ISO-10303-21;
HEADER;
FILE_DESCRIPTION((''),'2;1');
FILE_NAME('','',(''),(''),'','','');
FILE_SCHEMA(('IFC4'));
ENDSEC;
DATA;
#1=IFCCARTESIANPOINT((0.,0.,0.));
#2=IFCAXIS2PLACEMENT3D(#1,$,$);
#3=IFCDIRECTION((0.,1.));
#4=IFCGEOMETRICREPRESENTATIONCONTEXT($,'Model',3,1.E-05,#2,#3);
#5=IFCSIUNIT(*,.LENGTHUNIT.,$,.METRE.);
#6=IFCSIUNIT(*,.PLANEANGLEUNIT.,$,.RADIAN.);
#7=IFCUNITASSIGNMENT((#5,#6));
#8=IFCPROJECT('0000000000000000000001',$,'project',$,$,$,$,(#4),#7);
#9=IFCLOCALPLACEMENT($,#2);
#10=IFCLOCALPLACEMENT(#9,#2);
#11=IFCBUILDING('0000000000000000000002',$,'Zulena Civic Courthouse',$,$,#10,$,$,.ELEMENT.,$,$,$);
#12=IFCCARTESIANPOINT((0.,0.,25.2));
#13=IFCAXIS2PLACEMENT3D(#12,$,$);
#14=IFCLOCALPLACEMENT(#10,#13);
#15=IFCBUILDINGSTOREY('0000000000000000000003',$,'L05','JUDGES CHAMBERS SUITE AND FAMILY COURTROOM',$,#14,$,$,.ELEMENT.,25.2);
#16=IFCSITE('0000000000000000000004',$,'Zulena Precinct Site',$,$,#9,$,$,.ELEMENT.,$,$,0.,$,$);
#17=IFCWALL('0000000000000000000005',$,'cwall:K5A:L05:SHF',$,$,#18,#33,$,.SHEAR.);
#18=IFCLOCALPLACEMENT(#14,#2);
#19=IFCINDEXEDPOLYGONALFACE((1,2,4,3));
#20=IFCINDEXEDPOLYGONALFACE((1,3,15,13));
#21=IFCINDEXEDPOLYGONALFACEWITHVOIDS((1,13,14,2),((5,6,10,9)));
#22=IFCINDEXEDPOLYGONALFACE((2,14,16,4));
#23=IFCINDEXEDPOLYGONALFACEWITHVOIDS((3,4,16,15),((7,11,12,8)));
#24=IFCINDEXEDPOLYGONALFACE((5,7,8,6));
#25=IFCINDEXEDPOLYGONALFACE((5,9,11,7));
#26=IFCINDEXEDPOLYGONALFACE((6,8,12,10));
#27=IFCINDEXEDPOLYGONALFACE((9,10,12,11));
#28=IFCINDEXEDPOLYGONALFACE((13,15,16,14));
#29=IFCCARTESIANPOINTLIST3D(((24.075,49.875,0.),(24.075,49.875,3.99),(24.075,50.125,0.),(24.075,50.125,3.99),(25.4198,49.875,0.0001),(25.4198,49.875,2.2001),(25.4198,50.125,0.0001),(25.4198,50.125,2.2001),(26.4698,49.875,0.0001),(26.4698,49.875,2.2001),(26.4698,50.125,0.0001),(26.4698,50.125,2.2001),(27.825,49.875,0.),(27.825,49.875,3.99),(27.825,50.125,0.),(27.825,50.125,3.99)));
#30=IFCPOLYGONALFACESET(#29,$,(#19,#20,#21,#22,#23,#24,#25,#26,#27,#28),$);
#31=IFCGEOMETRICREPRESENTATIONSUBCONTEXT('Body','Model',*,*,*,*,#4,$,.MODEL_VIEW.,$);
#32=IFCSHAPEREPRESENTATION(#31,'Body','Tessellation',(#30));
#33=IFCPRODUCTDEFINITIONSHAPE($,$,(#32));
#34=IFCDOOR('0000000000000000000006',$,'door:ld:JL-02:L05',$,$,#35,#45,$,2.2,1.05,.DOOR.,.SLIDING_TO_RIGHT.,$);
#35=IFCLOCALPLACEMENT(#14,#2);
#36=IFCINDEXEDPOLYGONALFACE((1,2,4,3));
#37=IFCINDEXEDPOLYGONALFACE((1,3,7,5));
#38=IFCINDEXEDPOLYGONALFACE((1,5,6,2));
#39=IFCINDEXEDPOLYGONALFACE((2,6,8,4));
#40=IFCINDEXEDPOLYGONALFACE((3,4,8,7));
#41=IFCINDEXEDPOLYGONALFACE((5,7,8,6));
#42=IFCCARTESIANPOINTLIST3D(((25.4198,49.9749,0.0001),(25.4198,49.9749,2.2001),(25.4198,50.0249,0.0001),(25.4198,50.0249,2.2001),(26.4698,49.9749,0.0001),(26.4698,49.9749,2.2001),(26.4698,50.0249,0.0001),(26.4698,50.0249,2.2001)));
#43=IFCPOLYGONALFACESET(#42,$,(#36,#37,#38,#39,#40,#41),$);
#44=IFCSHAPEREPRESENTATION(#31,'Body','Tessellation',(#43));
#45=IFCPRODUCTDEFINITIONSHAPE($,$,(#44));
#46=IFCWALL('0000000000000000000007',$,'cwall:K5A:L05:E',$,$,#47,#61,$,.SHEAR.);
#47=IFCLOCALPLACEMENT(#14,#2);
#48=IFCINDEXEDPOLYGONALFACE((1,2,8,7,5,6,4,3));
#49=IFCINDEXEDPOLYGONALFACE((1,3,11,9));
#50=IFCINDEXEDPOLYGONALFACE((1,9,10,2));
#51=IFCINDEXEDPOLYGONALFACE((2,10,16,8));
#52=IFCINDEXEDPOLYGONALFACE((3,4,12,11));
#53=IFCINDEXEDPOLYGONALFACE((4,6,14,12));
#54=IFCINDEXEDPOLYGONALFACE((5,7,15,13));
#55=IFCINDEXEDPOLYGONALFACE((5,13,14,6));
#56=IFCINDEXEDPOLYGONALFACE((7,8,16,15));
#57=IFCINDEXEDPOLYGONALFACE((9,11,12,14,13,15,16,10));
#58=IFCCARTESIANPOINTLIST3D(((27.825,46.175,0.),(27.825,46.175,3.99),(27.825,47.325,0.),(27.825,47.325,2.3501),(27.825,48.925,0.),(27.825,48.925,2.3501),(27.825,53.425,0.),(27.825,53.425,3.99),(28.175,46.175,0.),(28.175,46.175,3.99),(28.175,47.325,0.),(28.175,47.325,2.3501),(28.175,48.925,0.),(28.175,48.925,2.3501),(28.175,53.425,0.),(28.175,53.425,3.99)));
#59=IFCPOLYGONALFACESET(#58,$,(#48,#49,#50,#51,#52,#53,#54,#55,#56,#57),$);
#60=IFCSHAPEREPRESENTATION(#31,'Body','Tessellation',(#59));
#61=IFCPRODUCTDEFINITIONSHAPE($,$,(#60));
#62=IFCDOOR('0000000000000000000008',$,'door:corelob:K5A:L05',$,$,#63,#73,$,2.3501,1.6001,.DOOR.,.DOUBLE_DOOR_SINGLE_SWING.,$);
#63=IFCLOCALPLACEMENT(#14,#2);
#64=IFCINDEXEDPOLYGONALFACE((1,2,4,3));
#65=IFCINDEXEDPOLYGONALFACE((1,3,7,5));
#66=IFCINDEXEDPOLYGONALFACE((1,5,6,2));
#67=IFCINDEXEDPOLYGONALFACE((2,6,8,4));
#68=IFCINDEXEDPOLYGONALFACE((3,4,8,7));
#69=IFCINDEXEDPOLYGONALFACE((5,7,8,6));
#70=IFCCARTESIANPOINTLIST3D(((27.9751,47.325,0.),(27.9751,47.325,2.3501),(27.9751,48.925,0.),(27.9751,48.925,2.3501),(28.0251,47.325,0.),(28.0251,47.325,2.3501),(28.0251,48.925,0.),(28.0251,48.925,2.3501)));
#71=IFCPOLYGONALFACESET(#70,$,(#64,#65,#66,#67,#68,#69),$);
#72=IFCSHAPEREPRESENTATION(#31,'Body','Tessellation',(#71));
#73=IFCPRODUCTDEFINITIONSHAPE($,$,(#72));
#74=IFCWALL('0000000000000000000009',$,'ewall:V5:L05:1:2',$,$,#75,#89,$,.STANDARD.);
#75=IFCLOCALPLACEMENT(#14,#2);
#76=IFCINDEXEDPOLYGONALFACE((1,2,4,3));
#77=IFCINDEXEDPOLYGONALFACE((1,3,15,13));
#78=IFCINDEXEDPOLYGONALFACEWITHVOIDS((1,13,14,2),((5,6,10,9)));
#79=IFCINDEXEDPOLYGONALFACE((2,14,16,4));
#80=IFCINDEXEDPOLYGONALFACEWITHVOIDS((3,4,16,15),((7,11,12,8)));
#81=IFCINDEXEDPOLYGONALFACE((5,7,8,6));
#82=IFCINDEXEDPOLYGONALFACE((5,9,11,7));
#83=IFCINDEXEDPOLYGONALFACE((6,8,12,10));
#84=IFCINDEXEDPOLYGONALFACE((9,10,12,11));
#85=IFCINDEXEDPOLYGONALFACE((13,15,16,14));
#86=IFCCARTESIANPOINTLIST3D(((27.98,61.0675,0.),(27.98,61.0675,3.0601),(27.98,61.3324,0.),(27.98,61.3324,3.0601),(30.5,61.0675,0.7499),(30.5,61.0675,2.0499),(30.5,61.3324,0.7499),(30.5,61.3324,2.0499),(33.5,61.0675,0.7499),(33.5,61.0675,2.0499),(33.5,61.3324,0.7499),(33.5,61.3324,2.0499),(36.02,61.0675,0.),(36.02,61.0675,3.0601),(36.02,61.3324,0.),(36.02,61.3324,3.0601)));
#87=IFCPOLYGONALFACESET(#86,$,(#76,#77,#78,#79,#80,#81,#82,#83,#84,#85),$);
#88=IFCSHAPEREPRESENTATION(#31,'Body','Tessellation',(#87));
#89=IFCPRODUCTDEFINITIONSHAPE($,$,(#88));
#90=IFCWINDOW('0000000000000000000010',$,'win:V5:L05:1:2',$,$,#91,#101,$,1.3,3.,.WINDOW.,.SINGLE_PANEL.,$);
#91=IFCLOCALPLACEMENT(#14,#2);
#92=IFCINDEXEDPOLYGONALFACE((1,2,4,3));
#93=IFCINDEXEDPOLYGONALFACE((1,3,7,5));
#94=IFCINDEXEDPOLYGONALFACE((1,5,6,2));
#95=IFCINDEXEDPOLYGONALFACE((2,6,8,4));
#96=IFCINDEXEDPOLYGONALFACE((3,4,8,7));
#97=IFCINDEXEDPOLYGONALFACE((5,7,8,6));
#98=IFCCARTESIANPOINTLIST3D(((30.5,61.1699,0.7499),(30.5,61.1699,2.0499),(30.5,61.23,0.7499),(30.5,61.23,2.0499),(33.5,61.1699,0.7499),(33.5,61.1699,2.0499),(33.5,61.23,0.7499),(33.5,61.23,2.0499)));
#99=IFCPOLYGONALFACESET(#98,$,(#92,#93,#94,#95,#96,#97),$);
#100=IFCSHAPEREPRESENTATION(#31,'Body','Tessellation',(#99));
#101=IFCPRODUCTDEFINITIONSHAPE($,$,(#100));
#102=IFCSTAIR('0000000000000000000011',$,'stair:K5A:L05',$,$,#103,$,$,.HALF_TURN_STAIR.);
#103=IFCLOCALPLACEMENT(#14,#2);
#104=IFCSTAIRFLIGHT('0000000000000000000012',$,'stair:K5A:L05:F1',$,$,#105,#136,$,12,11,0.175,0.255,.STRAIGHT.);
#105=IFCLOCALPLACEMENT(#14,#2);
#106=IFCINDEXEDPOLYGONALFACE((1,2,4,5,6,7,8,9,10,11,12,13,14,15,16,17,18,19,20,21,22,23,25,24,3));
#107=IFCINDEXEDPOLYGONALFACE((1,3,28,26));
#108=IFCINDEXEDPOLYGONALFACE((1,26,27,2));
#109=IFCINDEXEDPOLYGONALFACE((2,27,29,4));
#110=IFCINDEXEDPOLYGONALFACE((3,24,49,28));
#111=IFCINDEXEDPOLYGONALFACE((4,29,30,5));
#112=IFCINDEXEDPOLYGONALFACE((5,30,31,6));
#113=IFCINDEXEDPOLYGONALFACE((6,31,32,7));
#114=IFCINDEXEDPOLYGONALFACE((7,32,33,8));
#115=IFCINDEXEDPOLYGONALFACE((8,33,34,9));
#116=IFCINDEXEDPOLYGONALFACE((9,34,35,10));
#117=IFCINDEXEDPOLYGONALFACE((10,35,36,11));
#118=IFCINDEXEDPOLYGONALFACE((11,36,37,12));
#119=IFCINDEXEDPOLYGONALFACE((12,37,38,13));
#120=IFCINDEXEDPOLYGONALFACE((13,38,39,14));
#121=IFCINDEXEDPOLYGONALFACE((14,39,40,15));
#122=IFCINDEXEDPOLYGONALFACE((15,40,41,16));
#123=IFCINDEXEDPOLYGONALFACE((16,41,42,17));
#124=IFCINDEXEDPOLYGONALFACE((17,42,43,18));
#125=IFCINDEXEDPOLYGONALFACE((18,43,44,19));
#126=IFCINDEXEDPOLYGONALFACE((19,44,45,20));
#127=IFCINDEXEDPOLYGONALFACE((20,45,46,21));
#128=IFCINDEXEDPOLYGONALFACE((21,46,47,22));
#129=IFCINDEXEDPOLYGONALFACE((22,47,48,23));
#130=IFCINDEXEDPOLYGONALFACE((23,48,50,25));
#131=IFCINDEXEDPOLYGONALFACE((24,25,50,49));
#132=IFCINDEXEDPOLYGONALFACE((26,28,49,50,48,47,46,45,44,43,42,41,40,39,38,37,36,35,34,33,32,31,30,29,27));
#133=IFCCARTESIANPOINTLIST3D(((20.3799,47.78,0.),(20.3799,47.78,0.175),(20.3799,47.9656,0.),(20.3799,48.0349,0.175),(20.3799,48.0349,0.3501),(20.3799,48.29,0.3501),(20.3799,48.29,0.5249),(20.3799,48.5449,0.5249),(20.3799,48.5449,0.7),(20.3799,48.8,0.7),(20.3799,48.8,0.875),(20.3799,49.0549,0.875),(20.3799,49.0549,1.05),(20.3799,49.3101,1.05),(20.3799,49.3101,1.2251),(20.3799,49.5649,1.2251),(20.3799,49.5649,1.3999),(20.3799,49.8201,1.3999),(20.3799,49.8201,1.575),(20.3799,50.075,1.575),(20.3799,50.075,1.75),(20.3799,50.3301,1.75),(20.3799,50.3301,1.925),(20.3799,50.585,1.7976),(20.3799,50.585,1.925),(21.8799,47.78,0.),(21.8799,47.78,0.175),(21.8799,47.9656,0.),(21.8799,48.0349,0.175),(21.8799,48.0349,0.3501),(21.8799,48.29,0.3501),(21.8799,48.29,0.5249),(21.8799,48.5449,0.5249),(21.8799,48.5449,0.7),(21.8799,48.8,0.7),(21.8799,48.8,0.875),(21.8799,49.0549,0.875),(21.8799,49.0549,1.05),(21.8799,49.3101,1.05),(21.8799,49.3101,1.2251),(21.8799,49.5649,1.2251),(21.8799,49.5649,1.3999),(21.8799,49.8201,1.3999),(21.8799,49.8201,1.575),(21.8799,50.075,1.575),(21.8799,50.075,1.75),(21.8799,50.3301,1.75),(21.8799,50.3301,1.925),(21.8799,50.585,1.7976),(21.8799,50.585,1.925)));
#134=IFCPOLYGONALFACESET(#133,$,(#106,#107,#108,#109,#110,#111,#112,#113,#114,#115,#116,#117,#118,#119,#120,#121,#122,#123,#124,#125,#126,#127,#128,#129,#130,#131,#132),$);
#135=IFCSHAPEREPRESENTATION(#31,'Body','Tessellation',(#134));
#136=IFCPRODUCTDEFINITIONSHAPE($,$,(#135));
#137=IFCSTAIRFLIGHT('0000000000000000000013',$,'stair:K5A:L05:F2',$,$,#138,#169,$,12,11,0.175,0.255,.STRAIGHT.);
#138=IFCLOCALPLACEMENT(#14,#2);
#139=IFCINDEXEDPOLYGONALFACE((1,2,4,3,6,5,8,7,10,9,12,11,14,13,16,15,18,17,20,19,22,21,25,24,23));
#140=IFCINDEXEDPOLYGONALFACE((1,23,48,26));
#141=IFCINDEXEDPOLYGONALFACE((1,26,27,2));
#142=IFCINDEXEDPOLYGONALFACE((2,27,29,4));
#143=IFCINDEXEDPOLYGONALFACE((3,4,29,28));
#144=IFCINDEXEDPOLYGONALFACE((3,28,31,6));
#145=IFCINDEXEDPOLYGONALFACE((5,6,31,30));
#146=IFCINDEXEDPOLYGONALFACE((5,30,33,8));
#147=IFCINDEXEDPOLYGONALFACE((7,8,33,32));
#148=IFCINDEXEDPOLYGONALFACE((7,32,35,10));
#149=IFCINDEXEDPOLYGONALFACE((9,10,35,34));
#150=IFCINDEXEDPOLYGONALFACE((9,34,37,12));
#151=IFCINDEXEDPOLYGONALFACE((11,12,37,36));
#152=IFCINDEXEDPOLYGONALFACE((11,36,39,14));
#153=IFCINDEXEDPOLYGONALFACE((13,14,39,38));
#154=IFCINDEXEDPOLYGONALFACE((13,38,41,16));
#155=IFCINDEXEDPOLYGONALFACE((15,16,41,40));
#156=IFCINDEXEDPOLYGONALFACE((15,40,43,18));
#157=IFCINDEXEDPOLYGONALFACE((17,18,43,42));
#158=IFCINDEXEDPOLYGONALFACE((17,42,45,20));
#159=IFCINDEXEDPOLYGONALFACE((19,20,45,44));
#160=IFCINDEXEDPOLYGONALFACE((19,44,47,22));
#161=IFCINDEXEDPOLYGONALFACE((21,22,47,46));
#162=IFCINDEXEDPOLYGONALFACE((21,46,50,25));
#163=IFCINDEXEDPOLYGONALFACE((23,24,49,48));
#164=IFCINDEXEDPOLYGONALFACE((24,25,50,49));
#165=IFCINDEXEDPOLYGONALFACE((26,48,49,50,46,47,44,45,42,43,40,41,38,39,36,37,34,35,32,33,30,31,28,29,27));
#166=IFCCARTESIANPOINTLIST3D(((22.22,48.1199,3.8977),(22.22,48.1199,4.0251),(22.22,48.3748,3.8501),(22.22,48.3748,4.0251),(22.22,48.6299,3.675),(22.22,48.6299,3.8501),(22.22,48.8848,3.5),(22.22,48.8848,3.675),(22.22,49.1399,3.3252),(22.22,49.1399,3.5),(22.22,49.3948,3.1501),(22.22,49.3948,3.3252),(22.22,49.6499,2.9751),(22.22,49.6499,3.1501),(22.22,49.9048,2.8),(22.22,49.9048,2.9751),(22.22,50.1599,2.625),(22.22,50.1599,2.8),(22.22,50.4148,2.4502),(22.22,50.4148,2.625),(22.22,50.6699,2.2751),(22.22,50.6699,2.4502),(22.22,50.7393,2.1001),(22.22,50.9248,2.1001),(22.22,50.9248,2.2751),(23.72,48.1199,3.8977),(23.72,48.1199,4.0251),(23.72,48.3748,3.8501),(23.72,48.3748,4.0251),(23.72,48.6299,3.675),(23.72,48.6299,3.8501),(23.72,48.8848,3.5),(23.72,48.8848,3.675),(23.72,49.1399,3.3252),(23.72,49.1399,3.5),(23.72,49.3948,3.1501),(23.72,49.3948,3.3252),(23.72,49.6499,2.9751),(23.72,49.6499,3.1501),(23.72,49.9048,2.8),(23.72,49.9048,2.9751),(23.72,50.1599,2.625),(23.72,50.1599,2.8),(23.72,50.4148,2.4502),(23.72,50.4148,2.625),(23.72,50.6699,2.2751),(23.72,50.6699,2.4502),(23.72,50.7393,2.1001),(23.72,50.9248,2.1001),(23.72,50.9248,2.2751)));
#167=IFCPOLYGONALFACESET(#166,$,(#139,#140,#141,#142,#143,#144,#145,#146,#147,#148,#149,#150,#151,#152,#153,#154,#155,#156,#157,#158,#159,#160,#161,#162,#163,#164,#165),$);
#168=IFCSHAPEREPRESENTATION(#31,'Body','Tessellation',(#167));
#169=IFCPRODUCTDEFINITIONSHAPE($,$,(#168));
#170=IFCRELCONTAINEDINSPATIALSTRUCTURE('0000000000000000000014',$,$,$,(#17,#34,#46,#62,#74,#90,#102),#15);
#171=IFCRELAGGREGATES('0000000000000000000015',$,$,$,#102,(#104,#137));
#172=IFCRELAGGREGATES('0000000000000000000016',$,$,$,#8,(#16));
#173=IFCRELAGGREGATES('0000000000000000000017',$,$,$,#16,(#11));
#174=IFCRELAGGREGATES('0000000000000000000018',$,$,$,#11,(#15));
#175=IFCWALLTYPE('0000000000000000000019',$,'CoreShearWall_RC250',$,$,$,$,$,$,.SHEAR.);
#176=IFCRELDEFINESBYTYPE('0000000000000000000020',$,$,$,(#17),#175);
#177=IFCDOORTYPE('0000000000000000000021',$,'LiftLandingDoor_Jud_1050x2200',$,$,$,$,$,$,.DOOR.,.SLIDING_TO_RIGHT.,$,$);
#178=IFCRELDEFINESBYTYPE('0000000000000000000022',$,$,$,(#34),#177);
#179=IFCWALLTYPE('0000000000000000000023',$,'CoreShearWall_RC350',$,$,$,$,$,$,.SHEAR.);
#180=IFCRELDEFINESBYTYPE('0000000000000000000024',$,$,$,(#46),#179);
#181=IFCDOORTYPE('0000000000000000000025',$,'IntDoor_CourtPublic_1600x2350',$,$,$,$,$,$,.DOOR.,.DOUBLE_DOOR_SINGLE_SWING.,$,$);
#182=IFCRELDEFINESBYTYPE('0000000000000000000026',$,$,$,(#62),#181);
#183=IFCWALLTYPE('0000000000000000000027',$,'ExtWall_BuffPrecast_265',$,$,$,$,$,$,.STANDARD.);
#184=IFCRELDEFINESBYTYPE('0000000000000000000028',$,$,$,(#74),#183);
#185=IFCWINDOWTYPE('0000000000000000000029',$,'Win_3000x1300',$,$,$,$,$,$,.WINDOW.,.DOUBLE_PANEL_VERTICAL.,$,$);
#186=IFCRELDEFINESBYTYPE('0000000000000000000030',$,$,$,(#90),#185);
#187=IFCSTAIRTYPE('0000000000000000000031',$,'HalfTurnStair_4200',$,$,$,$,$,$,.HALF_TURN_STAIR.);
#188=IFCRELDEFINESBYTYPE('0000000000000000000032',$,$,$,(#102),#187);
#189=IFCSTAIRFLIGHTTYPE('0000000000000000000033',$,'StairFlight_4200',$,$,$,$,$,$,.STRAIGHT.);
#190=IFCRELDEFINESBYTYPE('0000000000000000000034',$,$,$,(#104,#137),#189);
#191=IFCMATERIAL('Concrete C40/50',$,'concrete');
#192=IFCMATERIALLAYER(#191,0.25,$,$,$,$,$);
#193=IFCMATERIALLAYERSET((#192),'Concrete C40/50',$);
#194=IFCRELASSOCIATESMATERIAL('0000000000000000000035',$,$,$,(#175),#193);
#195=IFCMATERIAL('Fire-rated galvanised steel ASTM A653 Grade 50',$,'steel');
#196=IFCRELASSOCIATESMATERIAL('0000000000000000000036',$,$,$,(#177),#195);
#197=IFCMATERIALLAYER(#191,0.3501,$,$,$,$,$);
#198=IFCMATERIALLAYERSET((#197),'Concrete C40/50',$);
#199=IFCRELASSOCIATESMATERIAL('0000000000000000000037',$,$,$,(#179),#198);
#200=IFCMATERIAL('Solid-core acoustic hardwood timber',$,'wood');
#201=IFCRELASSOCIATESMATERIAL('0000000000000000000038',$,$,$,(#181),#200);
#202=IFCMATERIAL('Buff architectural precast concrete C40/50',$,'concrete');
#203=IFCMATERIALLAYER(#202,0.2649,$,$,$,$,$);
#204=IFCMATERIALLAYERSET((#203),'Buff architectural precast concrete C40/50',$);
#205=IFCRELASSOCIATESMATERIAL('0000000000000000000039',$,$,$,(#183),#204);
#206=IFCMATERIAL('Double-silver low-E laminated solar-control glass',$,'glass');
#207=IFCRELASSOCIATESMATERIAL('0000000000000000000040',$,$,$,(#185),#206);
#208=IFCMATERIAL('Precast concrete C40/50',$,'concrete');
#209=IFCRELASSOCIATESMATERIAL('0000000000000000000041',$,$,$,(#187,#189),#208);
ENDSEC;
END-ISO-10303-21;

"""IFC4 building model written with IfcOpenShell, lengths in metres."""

from ifc_helpers import new_model, si_unit, direction, frame, frame_2d, origin, place, context, subcontext, project, spatial, polyline, rectangle, outline, extrude, material, layer, layer_set, type_object, element, fill, aggregate, save


model = new_model("IFC4")

# Units and contexts
model_context = context("Model", 3, precision=1e-05, world=origin(), true_north=direction((0.0, 1.0)))
body_context = subcontext(model_context, "Body", "Model", "MODEL_VIEW")
ifc_project = project(units=[si_unit("LENGTHUNIT", "METRE"), si_unit("PLANEANGLEUNIT", "RADIAN")], contexts=[model_context])

# Site, building, storey
site_placement = place(None, origin())
site = spatial("IfcSite", under=ifc_project, at=site_placement, Name="Zulena Precinct Site", CompositionType="ELEMENT", RefElevation=0.0)
building_placement = place(site_placement, origin())
building = spatial("IfcBuilding", under=site, at=building_placement, Name="Zulena Civic Courthouse", CompositionType="ELEMENT")
storey_placement = place(building_placement, frame((0.0, 0.0, 25.2)))
storey = spatial("IfcBuildingStorey", under=building, at=storey_placement, Name="L05", Description="JUDGES CHAMBERS SUITE AND FAMILY COURTROOM", CompositionType="ELEMENT", Elevation=25.2)

# Walls, openings, doors
ifc_material_1 = material(Name="Concrete C40/50", Category="concrete")
ifc_layer_1 = layer(ifc_material_1, 0.25)
ifc_layer_set_1 = layer_set([ifc_layer_1], Name="Concrete C40/50")
wall_type_1 = type_object("IfcWallType", Name="CoreShearWall_RC250", PredefinedType="SHEAR", material=ifc_layer_set_1)
ifc_material_2 = material(Name="Fire-rated galvanised steel ASTM A653 Grade 50", Category="steel")
wall_1_placement = place(storey_placement, frame((24.075, 50.0, 0.0), z_axis=(0.0, 0.0, 1.0), x_axis=(1.0, 0.0, 0.0)))
wall_1 = element("IfcWall", 1, at=wall_1_placement, inside=storey, type_object=wall_type_1, Name="cwall:K5A:L05:SHF", PredefinedType="SHEAR", context=body_context, shape_type="SweptSolid", body=[
    extrude(rectangle(XDim=3.75, YDim=0.25, at=frame_2d((1.875, 0.0))), origin(), (0.0, 0.0, 1.0), 3.99),
])
opening_1_placement = place(wall_1_placement, frame((1.345, 0.0, 0.0)))
opening_1 = element("IfcOpeningElement", 2, at=opening_1_placement, cuts=wall_1, PredefinedType="OPENING", context=body_context, shape_type="SweptSolid", body=[
    extrude(rectangle(XDim=1.05, YDim=2.2, at=frame_2d((0.5249, 1.1001))), frame((0.0, 0.135, 0.0), z_axis=(0.0, -1.0, 0.0), x_axis=(1.0, 0.0, 0.0)), (0.0, 0.0, 1.0), 0.27),
])
door_type_1 = type_object("IfcDoorType", Name="LiftLandingDoor_Jud_1050x2200", OperationType="SLIDING_TO_RIGHT", PredefinedType="DOOR", material=ifc_material_2)
door_1_placement = place(opening_1_placement, origin())
door_1 = element("IfcDoor", 3, at=door_1_placement, inside=storey, type_object=door_type_1, Name="door:ld:JL-02:L05", OperationType="SLIDING_TO_RIGHT", OverallHeight=2.2, OverallWidth=1.05, PredefinedType="DOOR", context=body_context, shape_type="SweptSolid", body=[
    extrude(rectangle(XDim=1.05, YDim=2.2, at=frame_2d((0.5249, 1.1001))), frame((0.0, 0.0249, 0.0), z_axis=(0.0, -1.0, 0.0), x_axis=(1.0, 0.0, 0.0)), (0.0, 0.0, 1.0), 0.05),
])
fill(opening_1, door_1)
ifc_layer_2 = layer(ifc_material_1, 0.3501)
ifc_layer_set_2 = layer_set([ifc_layer_2], Name="Concrete C40/50")
wall_type_2 = type_object("IfcWallType", Name="CoreShearWall_RC350", PredefinedType="SHEAR", material=ifc_layer_set_2)
wall_2_placement = place(storey_placement, frame((28.0, 46.175, 0.0), z_axis=(0.0, 0.0, 1.0), x_axis=(0.0, 1.0, 0.0)))
wall_2 = element("IfcWall", 4, at=wall_2_placement, inside=storey, type_object=wall_type_2, Name="cwall:K5A:L05:E", PredefinedType="SHEAR", context=body_context, shape_type="SweptSolid", body=[
    extrude(rectangle(XDim=7.25, YDim=0.3501, at=frame_2d((3.625, 0.0))), origin(), (0.0, 0.0, 1.0), 3.99),
])
opening_2_placement = place(wall_2_placement, frame((1.1499, 0.0, 0.0)))
opening_2 = element("IfcOpeningElement", 5, at=opening_2_placement, cuts=wall_2, PredefinedType="OPENING", context=body_context, shape_type="SweptSolid", body=[
    extrude(rectangle(XDim=1.6001, YDim=2.3501, at=frame_2d((0.8, 1.175))), frame((0.0, 0.1851, 0.0), z_axis=(0.0, -1.0, 0.0), x_axis=(1.0, 0.0, 0.0)), (0.0, 0.0, 1.0), 0.3701),
])
ifc_material_3 = material(Name="Solid-core acoustic hardwood timber", Category="wood")
door_type_2 = type_object("IfcDoorType", Name="IntDoor_CourtPublic_1600x2350", OperationType="DOUBLE_DOOR_SINGLE_SWING", PredefinedType="DOOR", material=ifc_material_3)
door_2_placement = place(opening_2_placement, origin())
door_2 = element("IfcDoor", 6, at=door_2_placement, inside=storey, type_object=door_type_2, Name="door:corelob:K5A:L05", OperationType="DOUBLE_DOOR_SINGLE_SWING", OverallHeight=2.3501, OverallWidth=1.6001, PredefinedType="DOOR", context=body_context, shape_type="SweptSolid", body=[
    extrude(rectangle(XDim=1.6001, YDim=2.3501, at=frame_2d((0.8, 1.175))), frame((0.0, 0.0249, 0.0), z_axis=(0.0, -1.0, 0.0), x_axis=(1.0, 0.0, 0.0)), (0.0, 0.0, 1.0), 0.05),
])
fill(opening_2, door_2)

# Wall, opening, window
ifc_material_4 = material(Name="Buff architectural precast concrete C40/50", Category="concrete")
ifc_layer_3 = layer(ifc_material_4, 0.2649)
ifc_layer_set_3 = layer_set([ifc_layer_3], Name="Buff architectural precast concrete C40/50")
wall_type_3 = type_object("IfcWallType", Name="ExtWall_BuffPrecast_265", PredefinedType="STANDARD", material=ifc_layer_set_3)
wall_3_placement = place(storey_placement, frame((27.98, 61.2, 0.0), z_axis=(0.0, 0.0, 1.0), x_axis=(1.0, 0.0, 0.0)))
wall_3 = element("IfcWall", 7, at=wall_3_placement, inside=storey, type_object=wall_type_3, Name="ewall:V5:L05:1:2", PredefinedType="STANDARD", context=body_context, shape_type="SweptSolid", body=[
    extrude(rectangle(XDim=8.04, YDim=0.2649, at=frame_2d((4.02, 0.0))), origin(), (0.0, 0.0, 1.0), 3.0601),
])
opening_3_placement = place(wall_3_placement, frame((2.52, 0.0, 0.75)))
opening_3 = element("IfcOpeningElement", 8, at=opening_3_placement, cuts=wall_3, PredefinedType="OPENING", context=body_context, shape_type="SweptSolid", body=[
    extrude(rectangle(XDim=3.0, YDim=1.3, at=frame_2d((1.5, 0.6499))), frame((0.0, 0.1423, 0.0), z_axis=(0.0, -1.0, 0.0), x_axis=(1.0, 0.0, 0.0)), (0.0, 0.0, 1.0), 0.2849),
])
ifc_material_5 = material(Name="Double-silver low-E laminated solar-control glass", Category="glass")
window_type = type_object("IfcWindowType", Name="Win_3000x1300", PartitioningType="DOUBLE_PANEL_VERTICAL", PredefinedType="WINDOW", material=ifc_material_5)
window_placement = place(opening_3_placement, origin())
window = element("IfcWindow", 9, at=window_placement, inside=storey, type_object=window_type, Name="win:V5:L05:1:2", OverallHeight=1.3, OverallWidth=3.0, PartitioningType="SINGLE_PANEL", PredefinedType="WINDOW", context=body_context, shape_type="SweptSolid", body=[
    extrude(rectangle(XDim=3.0, YDim=1.3, at=frame_2d((1.5, 0.6499))), frame((0.0, 0.03, 0.0), z_axis=(0.0, -1.0, 0.0), x_axis=(1.0, 0.0, 0.0)), (0.0, 0.0, 1.0), 0.0601),
])
fill(opening_3, window)

# Stair, stair flights
ifc_material_6 = material(Name="Precast concrete C40/50", Category="concrete")
stair_type = type_object("IfcStairType", Name="HalfTurnStair_4200", PredefinedType="HALF_TURN_STAIR", material=ifc_material_6)
stair_placement = place(storey_placement, origin())
stair = element("IfcStair", 10, at=stair_placement, inside=storey, type_object=stair_type, Name="stair:K5A:L05", PredefinedType="HALF_TURN_STAIR")
stair_flight_type = type_object("IfcStairFlightType", Name="StairFlight_4200", PredefinedType="STRAIGHT", material=ifc_material_6)
stair_flight_1_placement = place(storey_placement, frame((21.1299, 47.78, 0.0), z_axis=(0.0, 0.0, 1.0), x_axis=(0.0, 1.0, 0.0)))
stair_flight_1 = element("IfcStairFlight", 11, at=stair_flight_1_placement, type_object=stair_flight_type, Name="stair:K5A:L05:F1", NumberOfRisers=12, NumberOfTreads=11, PredefinedType="STRAIGHT", RiserHeight=0.175, TreadLength=0.255, context=body_context, shape_type="SweptSolid", body=[
    extrude(outline(polyline([(0.0, 0.0), (0.0, 0.175), (0.2549, 0.175), (0.2549, 0.3501), (0.51, 0.3501), (0.51, 0.5249), (0.7649, 0.5249), (0.7649, 0.7), (1.02, 0.7), (1.02, 0.875), (1.2749, 0.875), (1.2749, 1.05), (1.53, 1.05), (1.53, 1.2251), (1.7849, 1.2251), (1.7849, 1.3999), (2.04, 1.3999), (2.04, 1.575), (2.2949, 1.575), (2.2949, 1.75), (2.55, 1.75), (2.55, 1.925), (2.8049, 1.925), (2.8049, 2.1001), (2.8049, 1.7976), (0.1855, 0.0), (0.0, 0.0)])), frame((0.0, 0.75, 0.0), z_axis=(0.0, -1.0, 0.0), x_axis=(1.0, 0.0, 0.0)), (0.0, 0.0, 1.0), 1.5),
])
stair_flight_2_placement = place(storey_placement, frame((22.97, 50.9248, 2.1001), z_axis=(0.0, 0.0, 1.0), x_axis=(0.0, -1.0, 0.0)))
stair_flight_2 = element("IfcStairFlight", 12, at=stair_flight_2_placement, type_object=stair_flight_type, Name="stair:K5A:L05:F2", NumberOfRisers=12, NumberOfTreads=11, PredefinedType="STRAIGHT", RiserHeight=0.175, TreadLength=0.255, context=body_context, shape_type="SweptSolid", body=[
    extrude(outline(polyline([(0.0, 0.0), (0.0, 0.175), (0.2549, 0.175), (0.2549, 0.3501), (0.51, 0.3501), (0.51, 0.5249), (0.7649, 0.5249), (0.7649, 0.7), (1.02, 0.7), (1.02, 0.875), (1.2749, 0.875), (1.2749, 1.05), (1.53, 1.05), (1.53, 1.2251), (1.7849, 1.2251), (1.7849, 1.3999), (2.04, 1.3999), (2.04, 1.575), (2.2949, 1.575), (2.2949, 1.75), (2.55, 1.75), (2.55, 1.925), (2.8049, 1.925), (2.8049, 2.1001), (2.8049, 1.7976), (0.1855, 0.0), (0.0, 0.0)])), frame((0.0, 0.75, 0.0), z_axis=(0.0, -1.0, 0.0), x_axis=(1.0, 0.0, 0.0)), (0.0, 0.0, 1.0), 1.5),
])
aggregate(stair, [stair_flight_1, stair_flight_2])

save(model, "model.ifc")
